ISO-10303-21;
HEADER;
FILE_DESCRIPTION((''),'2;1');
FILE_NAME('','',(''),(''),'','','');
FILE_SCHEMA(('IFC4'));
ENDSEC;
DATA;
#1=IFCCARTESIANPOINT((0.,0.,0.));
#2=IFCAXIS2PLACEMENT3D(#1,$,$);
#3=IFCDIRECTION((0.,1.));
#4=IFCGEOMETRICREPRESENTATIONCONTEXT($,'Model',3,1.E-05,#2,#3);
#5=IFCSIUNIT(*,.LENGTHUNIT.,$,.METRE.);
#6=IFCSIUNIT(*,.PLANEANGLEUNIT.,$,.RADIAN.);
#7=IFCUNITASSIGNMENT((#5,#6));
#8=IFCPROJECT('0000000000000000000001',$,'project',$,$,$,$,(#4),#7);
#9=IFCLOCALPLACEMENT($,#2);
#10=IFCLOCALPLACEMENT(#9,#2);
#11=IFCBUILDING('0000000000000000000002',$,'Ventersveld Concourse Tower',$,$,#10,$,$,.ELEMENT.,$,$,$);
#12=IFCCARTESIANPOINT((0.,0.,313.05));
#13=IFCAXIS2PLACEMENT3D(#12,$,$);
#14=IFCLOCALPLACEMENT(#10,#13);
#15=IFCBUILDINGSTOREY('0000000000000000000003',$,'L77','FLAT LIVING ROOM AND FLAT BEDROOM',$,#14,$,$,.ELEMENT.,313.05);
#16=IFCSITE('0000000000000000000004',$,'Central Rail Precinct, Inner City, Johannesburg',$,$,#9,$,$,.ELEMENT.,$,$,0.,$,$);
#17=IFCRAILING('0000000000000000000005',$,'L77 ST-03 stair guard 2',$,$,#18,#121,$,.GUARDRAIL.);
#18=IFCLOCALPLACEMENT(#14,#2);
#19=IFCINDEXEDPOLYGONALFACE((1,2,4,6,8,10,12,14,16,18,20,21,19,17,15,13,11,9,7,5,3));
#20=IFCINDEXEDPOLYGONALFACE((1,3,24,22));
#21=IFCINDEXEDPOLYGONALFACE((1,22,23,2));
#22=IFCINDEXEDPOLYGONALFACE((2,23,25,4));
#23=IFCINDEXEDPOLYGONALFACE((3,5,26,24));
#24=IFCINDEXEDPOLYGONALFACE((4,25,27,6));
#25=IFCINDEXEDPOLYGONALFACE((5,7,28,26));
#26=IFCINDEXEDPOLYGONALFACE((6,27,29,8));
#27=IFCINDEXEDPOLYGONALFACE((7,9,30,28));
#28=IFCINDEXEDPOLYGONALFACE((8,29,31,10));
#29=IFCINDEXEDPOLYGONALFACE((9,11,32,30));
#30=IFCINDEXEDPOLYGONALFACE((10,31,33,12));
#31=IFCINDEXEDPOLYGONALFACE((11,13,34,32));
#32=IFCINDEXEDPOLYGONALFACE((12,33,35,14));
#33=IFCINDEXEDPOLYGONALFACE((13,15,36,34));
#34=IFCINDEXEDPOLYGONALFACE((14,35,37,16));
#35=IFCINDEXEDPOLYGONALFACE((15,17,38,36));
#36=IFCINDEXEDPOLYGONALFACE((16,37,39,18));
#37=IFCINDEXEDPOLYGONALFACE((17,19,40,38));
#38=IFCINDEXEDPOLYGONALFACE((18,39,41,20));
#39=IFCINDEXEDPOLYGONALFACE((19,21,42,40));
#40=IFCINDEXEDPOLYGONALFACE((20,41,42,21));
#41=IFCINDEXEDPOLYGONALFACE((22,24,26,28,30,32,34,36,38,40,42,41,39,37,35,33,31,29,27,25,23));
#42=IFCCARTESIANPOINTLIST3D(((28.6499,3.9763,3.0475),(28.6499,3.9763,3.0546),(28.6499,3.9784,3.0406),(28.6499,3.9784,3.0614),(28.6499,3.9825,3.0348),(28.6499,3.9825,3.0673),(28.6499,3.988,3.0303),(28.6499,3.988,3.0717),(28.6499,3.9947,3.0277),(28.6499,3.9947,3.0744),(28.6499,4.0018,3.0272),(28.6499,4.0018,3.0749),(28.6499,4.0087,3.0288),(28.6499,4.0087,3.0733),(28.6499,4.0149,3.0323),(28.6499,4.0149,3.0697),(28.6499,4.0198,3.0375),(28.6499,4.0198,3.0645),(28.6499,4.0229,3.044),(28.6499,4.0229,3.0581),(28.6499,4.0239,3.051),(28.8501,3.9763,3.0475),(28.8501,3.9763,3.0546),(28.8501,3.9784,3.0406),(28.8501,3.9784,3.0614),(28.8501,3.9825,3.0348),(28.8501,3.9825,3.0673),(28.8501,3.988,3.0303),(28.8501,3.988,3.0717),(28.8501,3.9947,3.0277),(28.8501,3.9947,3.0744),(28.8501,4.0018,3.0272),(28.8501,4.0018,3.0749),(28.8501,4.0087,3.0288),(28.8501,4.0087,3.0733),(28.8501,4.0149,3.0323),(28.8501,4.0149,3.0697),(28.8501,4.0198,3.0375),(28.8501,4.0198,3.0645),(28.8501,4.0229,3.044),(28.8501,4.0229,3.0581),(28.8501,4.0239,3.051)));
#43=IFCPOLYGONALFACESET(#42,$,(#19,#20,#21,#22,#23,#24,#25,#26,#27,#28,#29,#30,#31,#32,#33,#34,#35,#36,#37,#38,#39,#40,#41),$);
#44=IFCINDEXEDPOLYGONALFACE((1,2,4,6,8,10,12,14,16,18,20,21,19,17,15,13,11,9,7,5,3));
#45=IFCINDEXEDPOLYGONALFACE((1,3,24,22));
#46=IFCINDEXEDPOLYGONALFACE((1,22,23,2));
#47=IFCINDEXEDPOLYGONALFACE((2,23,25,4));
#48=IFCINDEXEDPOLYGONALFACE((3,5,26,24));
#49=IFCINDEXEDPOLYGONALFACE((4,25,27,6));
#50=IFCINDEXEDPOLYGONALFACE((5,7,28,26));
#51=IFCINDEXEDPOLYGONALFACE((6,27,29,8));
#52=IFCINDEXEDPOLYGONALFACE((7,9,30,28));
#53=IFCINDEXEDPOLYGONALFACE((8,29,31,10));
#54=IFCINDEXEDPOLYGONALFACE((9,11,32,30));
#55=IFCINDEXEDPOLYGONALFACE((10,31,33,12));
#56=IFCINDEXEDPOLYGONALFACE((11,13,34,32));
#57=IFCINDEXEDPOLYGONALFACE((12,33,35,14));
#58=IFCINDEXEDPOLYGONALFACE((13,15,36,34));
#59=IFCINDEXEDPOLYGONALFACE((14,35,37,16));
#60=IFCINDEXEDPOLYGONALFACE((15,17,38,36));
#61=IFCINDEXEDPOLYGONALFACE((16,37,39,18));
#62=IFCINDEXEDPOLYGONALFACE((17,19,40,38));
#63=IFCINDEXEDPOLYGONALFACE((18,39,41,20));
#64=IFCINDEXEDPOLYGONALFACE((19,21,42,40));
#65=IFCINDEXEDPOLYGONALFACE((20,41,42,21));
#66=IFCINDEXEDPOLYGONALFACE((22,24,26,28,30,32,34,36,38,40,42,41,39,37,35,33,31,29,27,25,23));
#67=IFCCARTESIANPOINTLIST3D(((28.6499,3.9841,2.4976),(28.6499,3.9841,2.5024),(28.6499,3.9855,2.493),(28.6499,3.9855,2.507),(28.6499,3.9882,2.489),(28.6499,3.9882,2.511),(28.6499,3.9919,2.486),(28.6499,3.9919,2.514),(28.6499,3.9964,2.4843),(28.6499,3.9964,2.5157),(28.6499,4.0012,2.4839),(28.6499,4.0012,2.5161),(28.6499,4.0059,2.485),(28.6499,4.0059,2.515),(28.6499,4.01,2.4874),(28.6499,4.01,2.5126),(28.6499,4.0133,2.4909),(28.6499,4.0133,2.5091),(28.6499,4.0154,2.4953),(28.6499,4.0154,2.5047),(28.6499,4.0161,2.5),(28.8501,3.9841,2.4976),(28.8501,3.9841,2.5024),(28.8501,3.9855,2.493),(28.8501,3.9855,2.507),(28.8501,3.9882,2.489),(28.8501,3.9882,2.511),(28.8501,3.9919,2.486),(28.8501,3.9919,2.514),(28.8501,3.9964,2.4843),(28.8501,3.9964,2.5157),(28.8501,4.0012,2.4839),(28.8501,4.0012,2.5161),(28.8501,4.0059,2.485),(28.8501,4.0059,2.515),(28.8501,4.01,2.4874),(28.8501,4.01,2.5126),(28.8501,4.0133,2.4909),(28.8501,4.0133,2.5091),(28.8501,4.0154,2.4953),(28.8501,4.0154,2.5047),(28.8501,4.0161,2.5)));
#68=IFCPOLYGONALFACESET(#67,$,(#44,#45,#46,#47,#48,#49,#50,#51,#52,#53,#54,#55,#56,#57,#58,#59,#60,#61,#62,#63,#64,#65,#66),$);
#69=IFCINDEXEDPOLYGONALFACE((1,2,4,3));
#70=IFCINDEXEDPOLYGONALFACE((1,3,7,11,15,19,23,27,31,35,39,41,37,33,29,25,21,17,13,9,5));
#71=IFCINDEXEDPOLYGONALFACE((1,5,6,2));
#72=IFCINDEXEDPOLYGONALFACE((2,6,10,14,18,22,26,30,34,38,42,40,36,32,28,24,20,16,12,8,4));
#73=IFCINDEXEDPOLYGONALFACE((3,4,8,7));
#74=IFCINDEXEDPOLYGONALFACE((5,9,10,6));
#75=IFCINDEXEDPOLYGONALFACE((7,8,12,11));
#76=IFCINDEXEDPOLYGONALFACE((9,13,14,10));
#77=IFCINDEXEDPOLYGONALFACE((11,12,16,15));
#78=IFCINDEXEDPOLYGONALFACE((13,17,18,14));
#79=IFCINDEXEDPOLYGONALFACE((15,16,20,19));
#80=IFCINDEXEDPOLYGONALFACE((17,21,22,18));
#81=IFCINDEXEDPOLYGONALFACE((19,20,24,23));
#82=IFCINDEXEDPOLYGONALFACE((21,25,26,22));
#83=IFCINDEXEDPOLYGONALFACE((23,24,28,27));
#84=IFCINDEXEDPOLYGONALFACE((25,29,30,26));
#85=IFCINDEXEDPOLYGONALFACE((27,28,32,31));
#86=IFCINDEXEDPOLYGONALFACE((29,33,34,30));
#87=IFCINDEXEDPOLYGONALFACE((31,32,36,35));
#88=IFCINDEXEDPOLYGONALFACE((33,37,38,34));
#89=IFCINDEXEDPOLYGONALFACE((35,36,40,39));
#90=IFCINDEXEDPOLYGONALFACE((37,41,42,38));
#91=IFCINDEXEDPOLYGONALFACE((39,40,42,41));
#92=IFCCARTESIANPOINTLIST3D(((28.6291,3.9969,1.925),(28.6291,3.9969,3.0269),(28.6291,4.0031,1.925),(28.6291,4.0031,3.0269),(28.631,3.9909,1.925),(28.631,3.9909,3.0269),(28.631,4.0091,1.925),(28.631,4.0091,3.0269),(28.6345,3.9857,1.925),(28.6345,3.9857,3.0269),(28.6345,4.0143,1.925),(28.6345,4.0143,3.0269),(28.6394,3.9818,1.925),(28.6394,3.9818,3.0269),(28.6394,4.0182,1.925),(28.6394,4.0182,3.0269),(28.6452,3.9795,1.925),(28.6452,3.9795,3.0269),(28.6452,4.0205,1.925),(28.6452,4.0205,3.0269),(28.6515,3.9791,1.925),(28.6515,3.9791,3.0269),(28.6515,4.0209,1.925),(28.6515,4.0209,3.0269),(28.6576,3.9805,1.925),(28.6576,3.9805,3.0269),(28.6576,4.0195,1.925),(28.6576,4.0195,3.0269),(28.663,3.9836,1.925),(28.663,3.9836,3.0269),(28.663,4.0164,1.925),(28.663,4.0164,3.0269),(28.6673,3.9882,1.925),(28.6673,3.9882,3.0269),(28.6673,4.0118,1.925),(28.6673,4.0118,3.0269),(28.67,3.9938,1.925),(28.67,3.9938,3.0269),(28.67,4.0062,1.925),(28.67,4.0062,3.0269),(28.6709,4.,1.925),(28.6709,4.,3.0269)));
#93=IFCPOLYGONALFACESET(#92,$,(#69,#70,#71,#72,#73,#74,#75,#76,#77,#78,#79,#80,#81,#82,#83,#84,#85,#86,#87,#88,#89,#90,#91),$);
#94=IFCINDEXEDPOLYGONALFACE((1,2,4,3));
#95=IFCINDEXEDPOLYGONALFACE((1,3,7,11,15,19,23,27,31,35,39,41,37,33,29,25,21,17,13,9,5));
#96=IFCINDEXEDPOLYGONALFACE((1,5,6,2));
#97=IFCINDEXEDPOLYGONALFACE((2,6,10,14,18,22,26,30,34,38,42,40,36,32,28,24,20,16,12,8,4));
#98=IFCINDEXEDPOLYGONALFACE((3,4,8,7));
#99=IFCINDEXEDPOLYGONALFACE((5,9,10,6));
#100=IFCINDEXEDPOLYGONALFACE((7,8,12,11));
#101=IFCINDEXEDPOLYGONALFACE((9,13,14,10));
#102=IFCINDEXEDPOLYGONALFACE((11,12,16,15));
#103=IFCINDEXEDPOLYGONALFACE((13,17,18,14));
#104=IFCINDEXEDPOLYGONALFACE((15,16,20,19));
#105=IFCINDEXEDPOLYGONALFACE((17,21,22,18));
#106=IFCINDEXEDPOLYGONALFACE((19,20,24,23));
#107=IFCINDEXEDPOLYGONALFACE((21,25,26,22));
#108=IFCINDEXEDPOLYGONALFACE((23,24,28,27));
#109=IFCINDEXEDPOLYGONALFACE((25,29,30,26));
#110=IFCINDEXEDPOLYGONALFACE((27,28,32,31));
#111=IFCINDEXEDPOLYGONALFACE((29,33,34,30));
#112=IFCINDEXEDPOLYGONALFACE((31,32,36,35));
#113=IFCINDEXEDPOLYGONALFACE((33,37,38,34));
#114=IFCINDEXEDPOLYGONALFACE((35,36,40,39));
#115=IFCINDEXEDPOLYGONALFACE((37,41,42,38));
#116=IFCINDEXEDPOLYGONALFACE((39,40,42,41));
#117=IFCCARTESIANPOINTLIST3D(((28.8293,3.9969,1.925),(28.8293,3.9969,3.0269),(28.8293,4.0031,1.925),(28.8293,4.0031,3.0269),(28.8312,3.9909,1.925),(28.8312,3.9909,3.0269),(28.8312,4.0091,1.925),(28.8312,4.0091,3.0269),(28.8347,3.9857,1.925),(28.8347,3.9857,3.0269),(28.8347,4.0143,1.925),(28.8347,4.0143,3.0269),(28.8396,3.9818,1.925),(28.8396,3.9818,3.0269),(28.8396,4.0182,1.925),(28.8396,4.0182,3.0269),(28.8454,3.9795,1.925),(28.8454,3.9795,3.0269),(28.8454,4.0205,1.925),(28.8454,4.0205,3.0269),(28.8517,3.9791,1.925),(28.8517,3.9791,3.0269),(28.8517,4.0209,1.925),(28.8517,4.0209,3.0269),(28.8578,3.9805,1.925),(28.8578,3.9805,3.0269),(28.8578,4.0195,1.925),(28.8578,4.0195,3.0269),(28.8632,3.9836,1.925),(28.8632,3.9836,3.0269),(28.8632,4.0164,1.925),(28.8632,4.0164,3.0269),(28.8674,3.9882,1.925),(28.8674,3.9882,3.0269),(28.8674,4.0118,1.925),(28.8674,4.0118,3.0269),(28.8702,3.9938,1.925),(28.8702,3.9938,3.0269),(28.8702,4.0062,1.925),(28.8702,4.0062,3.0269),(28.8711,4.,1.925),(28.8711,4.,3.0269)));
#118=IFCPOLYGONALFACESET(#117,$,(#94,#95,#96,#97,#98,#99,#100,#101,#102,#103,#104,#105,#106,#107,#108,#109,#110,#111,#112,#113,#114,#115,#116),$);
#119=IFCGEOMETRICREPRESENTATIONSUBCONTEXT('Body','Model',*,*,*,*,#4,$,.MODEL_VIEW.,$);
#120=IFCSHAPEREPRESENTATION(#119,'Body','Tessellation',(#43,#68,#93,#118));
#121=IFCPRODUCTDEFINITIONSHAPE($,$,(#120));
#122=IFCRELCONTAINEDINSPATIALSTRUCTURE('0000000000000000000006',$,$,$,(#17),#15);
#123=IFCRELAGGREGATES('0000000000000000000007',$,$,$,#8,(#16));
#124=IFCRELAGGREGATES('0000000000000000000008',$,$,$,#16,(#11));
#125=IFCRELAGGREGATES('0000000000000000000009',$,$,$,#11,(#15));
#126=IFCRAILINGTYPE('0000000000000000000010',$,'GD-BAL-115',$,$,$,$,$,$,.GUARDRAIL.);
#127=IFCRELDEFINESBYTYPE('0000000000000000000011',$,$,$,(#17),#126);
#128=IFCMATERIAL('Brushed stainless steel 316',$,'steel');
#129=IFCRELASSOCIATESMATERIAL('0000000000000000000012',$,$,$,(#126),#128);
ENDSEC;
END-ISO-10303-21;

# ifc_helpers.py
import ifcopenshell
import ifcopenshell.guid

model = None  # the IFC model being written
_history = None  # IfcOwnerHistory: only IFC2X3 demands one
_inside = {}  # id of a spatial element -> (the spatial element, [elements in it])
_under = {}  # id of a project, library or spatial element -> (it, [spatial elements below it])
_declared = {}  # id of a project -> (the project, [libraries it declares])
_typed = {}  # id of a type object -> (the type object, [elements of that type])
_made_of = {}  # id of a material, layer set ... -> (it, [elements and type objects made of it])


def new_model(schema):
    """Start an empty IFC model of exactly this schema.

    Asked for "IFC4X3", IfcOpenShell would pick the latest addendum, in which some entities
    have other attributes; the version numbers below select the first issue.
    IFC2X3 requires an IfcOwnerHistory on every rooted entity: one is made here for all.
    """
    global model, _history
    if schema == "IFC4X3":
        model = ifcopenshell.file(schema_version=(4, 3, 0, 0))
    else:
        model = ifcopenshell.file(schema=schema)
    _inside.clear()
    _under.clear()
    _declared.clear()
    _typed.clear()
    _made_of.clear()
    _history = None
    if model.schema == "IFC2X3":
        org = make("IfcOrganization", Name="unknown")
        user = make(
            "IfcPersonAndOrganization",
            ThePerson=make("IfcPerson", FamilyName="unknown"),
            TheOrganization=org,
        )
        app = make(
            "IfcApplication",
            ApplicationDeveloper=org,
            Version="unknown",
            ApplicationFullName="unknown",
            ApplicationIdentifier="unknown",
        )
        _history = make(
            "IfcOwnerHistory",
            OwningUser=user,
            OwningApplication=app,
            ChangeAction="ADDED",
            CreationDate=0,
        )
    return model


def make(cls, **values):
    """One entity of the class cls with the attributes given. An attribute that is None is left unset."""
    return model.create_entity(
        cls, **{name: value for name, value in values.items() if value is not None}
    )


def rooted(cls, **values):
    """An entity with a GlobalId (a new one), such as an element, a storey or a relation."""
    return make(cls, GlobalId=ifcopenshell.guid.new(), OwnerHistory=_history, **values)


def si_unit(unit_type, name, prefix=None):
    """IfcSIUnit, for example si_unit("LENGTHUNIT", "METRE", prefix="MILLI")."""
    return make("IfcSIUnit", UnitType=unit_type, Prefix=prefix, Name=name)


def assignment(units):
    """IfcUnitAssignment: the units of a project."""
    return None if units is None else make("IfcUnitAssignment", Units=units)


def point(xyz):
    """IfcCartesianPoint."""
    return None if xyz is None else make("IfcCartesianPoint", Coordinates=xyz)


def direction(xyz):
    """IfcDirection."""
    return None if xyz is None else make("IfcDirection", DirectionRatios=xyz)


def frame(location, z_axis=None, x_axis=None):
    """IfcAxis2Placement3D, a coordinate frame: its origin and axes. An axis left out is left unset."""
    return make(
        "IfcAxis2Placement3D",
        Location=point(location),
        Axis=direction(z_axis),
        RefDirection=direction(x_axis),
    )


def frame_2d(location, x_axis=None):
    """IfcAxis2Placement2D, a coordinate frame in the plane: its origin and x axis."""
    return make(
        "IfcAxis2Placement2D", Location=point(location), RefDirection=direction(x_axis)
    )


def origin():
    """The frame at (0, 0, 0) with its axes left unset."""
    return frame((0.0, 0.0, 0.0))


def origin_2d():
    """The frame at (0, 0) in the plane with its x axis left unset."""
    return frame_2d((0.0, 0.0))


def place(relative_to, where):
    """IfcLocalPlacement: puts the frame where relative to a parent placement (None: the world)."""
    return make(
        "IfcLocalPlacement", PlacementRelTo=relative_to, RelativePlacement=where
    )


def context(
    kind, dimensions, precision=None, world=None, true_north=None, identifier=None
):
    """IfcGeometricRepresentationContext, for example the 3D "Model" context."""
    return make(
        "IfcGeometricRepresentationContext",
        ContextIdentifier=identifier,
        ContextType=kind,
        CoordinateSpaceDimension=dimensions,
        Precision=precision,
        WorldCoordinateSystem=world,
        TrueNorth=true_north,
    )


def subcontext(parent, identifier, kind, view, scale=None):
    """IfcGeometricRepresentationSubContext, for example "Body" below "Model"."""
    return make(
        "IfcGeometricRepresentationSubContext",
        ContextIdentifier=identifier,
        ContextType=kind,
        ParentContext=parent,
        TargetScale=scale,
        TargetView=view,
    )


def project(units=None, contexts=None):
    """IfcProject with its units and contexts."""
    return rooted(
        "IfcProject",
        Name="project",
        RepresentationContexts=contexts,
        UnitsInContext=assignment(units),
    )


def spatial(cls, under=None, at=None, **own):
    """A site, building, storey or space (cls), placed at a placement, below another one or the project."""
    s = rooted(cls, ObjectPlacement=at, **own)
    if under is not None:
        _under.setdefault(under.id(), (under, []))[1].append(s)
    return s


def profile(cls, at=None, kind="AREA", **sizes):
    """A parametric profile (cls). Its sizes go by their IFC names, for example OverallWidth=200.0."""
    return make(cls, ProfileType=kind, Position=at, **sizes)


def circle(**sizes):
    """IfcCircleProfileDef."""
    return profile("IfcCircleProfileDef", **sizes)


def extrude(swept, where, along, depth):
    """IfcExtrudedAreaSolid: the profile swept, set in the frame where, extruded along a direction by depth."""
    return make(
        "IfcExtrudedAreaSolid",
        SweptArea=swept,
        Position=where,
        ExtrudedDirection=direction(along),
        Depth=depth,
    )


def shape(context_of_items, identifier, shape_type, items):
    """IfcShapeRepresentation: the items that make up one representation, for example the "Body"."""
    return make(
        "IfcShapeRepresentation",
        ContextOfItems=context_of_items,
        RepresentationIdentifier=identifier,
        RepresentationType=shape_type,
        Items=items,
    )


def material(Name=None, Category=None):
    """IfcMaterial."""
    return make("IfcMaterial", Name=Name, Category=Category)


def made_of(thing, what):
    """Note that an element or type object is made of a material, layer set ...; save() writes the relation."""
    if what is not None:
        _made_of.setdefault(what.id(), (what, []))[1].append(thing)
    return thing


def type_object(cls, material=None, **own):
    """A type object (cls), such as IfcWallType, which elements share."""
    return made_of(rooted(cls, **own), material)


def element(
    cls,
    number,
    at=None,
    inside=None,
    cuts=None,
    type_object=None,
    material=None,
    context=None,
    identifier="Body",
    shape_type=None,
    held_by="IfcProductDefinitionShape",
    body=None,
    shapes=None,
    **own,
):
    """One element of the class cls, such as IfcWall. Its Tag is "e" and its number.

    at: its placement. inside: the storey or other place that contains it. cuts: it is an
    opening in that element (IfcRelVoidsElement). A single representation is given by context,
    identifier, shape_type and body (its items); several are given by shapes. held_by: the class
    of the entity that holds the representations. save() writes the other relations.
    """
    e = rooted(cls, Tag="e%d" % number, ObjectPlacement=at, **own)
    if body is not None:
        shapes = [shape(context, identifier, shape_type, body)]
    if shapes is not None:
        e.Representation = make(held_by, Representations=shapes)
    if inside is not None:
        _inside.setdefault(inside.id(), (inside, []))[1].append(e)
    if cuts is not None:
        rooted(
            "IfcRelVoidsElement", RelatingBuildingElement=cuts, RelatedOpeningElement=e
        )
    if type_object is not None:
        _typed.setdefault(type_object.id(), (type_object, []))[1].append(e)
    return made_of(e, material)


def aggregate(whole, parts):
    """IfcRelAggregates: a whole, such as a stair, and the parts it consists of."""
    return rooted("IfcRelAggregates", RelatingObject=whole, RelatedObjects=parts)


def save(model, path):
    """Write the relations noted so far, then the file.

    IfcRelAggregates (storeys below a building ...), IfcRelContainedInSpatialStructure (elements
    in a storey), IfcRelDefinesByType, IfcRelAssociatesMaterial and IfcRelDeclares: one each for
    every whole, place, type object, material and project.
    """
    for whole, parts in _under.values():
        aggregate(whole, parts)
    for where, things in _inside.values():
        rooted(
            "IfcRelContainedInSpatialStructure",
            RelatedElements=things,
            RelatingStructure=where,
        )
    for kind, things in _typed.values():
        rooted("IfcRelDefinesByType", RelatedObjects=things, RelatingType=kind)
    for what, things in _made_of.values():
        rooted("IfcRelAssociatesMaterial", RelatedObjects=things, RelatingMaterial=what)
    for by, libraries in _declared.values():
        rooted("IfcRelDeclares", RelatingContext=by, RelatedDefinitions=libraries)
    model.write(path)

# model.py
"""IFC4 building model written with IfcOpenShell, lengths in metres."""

from ifc_helpers import new_model, si_unit, direction, frame, origin, origin_2d, place, context, subcontext, project, spatial, circle, extrude, material, type_object, element, save


model = new_model("IFC4")

# Units and contexts
model_context = context("Model", 3, precision=1e-05, world=origin(), true_north=direction((0.0, 1.0)))
body_context = subcontext(model_context, "Body", "Model", "MODEL_VIEW")
ifc_project = project(units=[si_unit("LENGTHUNIT", "METRE"), si_unit("PLANEANGLEUNIT", "RADIAN")], contexts=[model_context])

# Site, building, storey
site_placement = place(None, origin())
site = spatial("IfcSite", under=ifc_project, at=site_placement, Name="Central Rail Precinct, Inner City, Johannesburg", CompositionType="ELEMENT", RefElevation=0.0)
building_placement = place(site_placement, origin())
building = spatial("IfcBuilding", under=site, at=building_placement, Name="Ventersveld Concourse Tower", CompositionType="ELEMENT")
storey_placement = place(building_placement, frame((0.0, 0.0, 313.05)))
storey = spatial("IfcBuildingStorey", under=building, at=storey_placement, Name="L77", Description="FLAT LIVING ROOM AND FLAT BEDROOM", CompositionType="ELEMENT", Elevation=313.05)

# Railing
ifc_material_1 = material(Name="Brushed stainless steel 316", Category="steel")
railing_type_1 = type_object("IfcRailingType", Name="GD-BAL-115", PredefinedType="GUARDRAIL", material=ifc_material_1)
railing_1_placement = place(storey_placement, frame((28.6499, 4.0, 1.925)))
element("IfcRailing", 1, at=railing_1_placement, inside=storey, type_object=railing_type_1, Name="L77 ST-03 stair guard 2", PredefinedType="GUARDRAIL", context=body_context, shape_type="SweptSolid", body=[
    extrude(circle(Radius=0.0239, at=origin_2d()), frame((0.0, 0.0, 1.126), z_axis=(1.0, 0.0, 0.0), x_axis=(0.0, 1.0, 0.0)), (0.0, 0.0, 1.0), 0.2002),
    extrude(circle(Radius=0.0161, at=origin_2d()), frame((0.0, 0.0, 0.575), z_axis=(1.0, 0.0, 0.0), x_axis=(0.0, 1.0, 0.0)), (0.0, 0.0, 1.0), 0.2002),
    extrude(circle(Radius=0.021, at=origin_2d()), origin(), (0.0, 0.0, 1.0), 1.1018),
    extrude(circle(Radius=0.021, at=origin_2d()), frame((0.2002, 0.0, 0.0)), (0.0, 0.0, 1.0), 1.1018),
])

save(model, "model.ifc")
